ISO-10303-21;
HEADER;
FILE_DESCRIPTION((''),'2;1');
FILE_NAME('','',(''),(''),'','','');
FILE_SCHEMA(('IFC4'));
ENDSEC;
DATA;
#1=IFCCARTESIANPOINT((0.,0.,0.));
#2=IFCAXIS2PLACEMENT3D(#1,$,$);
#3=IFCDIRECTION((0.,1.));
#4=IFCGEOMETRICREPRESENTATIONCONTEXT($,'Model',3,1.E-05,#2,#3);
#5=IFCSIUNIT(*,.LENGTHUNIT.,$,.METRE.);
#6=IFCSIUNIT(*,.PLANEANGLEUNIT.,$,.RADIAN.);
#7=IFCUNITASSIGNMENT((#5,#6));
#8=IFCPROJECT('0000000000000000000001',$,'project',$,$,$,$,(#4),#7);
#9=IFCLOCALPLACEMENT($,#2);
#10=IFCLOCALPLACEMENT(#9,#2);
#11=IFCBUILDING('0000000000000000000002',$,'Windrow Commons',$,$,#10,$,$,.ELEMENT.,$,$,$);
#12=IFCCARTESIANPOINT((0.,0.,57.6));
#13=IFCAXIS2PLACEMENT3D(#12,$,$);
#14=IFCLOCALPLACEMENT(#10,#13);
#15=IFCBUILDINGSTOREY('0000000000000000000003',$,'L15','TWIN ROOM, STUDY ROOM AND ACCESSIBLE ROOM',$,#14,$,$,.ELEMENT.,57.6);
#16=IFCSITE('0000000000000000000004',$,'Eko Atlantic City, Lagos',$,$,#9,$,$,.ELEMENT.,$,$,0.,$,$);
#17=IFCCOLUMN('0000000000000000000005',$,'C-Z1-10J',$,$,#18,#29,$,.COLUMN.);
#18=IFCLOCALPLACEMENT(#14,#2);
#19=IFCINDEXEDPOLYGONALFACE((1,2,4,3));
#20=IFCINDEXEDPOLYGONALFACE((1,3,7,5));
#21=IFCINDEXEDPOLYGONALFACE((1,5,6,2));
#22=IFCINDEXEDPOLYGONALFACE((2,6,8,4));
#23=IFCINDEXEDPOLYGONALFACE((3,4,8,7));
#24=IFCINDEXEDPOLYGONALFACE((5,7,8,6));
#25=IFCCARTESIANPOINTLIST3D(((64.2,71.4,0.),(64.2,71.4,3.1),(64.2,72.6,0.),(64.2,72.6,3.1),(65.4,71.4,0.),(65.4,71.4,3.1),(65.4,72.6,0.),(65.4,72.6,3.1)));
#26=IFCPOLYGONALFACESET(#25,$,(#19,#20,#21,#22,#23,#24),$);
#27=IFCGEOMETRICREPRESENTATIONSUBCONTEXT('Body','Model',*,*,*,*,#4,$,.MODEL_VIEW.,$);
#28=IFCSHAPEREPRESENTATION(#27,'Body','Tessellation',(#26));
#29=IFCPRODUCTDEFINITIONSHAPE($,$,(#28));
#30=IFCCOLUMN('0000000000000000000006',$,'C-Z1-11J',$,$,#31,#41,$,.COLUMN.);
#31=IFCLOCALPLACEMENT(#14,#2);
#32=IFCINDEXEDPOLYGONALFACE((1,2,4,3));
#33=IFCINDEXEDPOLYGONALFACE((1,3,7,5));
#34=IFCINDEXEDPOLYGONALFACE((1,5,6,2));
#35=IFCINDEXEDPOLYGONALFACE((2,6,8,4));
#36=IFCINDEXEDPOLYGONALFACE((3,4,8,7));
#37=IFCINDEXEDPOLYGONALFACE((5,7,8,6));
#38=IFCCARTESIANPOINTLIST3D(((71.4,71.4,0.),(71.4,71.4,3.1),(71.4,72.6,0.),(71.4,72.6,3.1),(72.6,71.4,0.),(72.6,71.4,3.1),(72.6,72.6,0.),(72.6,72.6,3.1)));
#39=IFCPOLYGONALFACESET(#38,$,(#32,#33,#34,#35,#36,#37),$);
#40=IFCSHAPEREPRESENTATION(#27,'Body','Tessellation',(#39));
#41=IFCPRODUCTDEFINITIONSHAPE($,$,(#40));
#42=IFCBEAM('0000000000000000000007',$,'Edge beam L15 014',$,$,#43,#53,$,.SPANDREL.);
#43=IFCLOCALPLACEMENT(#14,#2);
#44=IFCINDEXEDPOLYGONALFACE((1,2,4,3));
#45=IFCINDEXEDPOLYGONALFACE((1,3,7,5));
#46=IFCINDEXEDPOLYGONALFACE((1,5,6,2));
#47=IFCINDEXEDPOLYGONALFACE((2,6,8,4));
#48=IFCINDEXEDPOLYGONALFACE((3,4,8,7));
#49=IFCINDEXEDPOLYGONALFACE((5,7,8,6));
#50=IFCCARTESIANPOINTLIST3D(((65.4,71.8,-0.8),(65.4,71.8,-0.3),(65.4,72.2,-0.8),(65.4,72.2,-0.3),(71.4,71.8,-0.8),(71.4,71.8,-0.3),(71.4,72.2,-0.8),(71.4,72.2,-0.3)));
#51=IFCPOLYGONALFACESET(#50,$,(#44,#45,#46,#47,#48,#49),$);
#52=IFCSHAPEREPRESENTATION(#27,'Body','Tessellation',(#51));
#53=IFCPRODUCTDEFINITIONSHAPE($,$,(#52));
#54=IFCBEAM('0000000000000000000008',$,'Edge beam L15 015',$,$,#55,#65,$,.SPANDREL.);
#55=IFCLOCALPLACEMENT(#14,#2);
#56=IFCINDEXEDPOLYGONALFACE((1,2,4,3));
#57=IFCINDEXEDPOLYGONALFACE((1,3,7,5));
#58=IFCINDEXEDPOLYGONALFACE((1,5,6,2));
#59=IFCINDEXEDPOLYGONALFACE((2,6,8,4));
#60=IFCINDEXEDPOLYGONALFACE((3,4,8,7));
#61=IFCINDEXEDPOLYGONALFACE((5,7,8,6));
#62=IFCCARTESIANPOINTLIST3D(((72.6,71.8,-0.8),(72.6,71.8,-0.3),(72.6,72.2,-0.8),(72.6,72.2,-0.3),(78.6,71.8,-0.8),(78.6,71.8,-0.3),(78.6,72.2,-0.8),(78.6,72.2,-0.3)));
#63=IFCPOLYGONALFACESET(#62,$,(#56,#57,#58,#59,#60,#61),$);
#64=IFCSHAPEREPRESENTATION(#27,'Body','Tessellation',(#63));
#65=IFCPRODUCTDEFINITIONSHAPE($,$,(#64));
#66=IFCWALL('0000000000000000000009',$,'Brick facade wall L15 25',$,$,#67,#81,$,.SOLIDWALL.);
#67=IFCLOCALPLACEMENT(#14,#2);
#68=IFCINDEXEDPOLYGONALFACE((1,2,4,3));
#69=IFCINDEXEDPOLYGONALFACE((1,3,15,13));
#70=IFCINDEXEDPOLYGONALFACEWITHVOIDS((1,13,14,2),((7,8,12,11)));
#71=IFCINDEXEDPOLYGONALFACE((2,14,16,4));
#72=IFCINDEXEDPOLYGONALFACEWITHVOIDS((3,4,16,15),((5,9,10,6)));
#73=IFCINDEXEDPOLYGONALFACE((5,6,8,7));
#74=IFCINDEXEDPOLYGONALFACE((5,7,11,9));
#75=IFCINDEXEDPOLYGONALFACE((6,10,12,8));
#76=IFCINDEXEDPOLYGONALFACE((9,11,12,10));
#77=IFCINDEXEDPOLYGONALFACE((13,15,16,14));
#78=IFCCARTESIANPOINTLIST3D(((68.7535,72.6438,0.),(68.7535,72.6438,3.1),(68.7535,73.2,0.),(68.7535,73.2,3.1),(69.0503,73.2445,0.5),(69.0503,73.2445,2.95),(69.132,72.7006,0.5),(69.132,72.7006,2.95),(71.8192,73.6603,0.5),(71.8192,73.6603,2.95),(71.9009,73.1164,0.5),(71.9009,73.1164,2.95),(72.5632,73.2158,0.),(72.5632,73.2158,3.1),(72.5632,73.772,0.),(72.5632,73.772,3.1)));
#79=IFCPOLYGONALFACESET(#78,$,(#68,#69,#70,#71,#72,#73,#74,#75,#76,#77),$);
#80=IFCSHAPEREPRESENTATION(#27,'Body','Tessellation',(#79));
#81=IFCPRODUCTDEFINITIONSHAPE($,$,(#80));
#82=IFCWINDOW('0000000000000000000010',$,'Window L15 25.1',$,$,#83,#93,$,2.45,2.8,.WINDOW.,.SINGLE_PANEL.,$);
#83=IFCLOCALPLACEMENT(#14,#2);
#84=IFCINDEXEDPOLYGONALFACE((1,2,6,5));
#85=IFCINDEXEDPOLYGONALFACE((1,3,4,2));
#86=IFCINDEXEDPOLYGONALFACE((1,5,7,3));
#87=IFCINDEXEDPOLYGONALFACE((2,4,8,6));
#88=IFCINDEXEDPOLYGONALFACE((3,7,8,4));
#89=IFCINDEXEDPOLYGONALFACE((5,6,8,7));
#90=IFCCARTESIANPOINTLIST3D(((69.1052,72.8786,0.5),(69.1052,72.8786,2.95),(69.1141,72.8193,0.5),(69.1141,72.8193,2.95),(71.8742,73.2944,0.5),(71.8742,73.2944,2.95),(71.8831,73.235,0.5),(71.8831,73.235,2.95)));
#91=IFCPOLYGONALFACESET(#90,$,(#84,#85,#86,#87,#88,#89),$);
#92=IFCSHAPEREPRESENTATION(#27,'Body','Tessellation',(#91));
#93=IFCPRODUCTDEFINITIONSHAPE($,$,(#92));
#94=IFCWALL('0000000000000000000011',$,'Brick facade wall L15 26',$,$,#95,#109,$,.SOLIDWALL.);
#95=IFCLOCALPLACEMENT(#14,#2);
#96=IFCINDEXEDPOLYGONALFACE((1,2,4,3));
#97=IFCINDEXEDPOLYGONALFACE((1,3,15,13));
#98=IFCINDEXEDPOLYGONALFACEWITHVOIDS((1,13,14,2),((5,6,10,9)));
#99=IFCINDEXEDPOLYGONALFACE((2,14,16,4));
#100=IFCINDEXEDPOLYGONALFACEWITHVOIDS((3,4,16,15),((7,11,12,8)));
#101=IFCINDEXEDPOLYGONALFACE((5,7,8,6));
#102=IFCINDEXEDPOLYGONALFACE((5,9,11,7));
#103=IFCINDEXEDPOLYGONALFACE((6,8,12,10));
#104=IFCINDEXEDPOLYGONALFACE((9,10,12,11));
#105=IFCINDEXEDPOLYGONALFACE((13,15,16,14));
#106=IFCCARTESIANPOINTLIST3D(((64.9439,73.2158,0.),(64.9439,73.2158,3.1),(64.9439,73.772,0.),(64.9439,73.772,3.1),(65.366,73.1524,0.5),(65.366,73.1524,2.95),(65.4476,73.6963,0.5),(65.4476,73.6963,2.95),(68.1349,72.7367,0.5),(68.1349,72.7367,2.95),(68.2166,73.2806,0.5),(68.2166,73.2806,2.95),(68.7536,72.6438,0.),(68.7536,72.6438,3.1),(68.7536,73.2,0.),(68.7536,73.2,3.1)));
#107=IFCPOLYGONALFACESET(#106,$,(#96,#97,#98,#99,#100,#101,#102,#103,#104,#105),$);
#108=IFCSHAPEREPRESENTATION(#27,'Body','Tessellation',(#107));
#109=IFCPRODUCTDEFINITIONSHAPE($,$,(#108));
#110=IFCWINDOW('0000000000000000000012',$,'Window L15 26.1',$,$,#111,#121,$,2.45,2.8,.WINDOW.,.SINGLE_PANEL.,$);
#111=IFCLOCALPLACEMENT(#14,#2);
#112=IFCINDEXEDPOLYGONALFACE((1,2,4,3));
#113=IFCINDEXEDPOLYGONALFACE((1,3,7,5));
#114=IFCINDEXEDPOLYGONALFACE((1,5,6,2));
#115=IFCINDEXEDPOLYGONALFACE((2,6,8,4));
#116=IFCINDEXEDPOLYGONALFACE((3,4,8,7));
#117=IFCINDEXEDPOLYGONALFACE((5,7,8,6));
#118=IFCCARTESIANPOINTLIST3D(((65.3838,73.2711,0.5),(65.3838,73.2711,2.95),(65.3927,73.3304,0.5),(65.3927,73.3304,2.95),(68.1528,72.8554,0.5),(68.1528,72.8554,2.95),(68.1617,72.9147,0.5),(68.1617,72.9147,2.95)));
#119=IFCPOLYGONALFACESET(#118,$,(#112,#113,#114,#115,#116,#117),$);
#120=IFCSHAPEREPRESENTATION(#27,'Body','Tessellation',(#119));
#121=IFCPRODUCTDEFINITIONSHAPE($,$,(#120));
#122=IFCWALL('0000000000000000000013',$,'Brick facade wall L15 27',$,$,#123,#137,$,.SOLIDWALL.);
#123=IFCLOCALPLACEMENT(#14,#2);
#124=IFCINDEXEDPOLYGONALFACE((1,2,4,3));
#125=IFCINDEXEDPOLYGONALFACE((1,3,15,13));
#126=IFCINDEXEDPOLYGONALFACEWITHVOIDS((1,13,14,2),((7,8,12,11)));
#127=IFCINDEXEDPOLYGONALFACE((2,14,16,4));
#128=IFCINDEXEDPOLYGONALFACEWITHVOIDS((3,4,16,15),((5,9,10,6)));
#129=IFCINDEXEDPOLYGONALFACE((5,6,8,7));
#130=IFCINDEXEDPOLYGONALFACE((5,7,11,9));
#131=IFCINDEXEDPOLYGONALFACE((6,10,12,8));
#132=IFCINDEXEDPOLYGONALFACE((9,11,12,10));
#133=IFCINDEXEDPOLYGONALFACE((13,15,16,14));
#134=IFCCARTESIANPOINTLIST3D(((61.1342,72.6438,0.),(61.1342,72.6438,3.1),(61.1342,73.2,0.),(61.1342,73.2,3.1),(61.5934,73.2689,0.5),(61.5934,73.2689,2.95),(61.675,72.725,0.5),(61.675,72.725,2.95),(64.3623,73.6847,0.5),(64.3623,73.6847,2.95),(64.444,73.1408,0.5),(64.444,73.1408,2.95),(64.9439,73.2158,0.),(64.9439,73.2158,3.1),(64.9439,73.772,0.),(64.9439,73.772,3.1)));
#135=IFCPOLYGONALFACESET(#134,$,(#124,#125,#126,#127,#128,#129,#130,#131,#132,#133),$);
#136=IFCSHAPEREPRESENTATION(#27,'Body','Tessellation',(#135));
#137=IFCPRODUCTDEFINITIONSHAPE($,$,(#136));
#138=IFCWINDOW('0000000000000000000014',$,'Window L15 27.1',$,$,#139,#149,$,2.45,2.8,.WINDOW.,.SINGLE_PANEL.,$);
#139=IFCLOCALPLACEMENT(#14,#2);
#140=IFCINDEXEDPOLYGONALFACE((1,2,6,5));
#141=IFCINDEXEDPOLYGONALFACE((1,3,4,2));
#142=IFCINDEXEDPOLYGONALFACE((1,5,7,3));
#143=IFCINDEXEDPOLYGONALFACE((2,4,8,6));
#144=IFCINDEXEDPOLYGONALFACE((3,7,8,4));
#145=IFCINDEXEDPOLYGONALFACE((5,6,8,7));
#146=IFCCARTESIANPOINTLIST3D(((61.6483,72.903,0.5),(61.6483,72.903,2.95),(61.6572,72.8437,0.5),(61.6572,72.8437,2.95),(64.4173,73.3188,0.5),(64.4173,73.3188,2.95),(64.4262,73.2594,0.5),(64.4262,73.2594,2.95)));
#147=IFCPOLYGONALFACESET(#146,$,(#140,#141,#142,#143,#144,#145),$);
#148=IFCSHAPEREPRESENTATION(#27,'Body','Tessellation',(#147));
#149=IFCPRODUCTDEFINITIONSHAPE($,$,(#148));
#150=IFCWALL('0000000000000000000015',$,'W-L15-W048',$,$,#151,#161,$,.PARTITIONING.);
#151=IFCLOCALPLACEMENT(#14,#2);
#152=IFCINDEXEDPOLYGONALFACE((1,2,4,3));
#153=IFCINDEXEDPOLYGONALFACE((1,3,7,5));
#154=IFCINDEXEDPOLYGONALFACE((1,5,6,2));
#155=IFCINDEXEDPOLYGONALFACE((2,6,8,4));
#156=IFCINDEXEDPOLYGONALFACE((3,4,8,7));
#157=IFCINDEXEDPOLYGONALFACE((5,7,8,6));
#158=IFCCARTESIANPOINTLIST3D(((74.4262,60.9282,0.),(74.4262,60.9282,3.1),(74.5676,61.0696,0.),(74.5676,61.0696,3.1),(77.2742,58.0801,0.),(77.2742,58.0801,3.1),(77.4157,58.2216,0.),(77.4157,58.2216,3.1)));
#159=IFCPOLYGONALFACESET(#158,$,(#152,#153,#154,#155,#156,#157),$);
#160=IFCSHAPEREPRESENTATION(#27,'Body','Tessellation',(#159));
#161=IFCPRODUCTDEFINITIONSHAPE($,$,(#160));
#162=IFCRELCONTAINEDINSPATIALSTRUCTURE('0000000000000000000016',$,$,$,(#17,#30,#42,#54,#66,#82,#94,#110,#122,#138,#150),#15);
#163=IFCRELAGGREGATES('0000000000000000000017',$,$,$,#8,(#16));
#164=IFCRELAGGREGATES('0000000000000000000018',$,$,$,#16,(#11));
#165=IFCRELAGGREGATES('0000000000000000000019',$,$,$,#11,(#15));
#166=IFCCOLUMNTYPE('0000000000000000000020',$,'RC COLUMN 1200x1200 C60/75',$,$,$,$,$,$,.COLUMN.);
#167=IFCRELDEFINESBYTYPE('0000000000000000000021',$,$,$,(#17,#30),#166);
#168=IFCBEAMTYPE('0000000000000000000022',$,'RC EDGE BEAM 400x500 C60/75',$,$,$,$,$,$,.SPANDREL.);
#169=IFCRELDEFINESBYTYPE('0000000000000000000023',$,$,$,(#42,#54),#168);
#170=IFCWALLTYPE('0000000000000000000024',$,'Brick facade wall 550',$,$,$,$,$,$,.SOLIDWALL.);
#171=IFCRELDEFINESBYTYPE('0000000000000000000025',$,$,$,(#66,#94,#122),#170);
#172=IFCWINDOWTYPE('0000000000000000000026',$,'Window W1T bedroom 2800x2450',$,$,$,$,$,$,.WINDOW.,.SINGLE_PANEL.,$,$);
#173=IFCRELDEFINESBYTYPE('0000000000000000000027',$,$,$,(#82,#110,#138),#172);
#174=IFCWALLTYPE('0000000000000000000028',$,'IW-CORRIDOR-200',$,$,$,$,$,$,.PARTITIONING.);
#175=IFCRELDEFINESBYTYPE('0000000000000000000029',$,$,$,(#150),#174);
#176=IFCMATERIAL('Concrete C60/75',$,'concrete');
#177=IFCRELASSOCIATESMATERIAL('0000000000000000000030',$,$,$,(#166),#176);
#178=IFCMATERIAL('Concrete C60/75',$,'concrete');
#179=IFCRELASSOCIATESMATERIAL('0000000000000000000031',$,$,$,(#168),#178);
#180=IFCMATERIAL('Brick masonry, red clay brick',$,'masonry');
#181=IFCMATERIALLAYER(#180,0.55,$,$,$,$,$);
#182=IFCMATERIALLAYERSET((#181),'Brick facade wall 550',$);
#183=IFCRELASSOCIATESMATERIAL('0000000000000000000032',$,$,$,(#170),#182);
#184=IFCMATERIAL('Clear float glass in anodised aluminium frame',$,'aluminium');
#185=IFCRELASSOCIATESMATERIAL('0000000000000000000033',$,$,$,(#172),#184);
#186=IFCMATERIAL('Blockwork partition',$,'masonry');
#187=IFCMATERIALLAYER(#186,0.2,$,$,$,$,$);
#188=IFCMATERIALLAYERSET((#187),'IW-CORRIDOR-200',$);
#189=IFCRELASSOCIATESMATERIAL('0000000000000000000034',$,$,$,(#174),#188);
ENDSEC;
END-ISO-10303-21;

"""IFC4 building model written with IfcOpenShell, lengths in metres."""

from ifc_helpers import new_model, si_unit, direction, frame, frame_2d, origin, origin_2d, place, context, subcontext, project, spatial, polyline, rectangle, outline, extrude, material, layer, layer_set, material_profile, profile_set, type_object, element, fill, save


model = new_model("IFC4")

# Units and contexts
model_context = context("Model", 3, precision=1e-05, world=origin(), true_north=direction((0.0, 1.0)))
body_context = subcontext(model_context, "Body", "Model", "MODEL_VIEW")
ifc_project = project(units=[si_unit("LENGTHUNIT", "METRE"), si_unit("PLANEANGLEUNIT", "RADIAN")], contexts=[model_context])

# Site, building, storey
site_placement = place(None, origin())
site = spatial("IfcSite", under=ifc_project, at=site_placement, Name="Eko Atlantic City, Lagos", CompositionType="ELEMENT", RefElevation=0.0)
building_placement = place(site_placement, origin())
building = spatial("IfcBuilding", under=site, at=building_placement, Name="Windrow Commons", CompositionType="ELEMENT")
storey_placement = place(building_placement, frame((0.0, 0.0, 57.6)))
storey = spatial("IfcBuildingStorey", under=building, at=storey_placement, Name="L15", Description="TWIN ROOM, STUDY ROOM AND ACCESSIBLE ROOM", CompositionType="ELEMENT", Elevation=57.6)

# Columns
ifc_material_1 = material(Name="Concrete C60/75", Category="concrete")
ifc_material_profile_1 = material_profile(ifc_material_1, rectangle(XDim=1.2, YDim=1.2, at=origin_2d()))
ifc_profile_set_1 = profile_set([ifc_material_profile_1], Name="Concrete C60/75")
column_type = type_object("IfcColumnType", Name="RC COLUMN 1200x1200 C60/75", PredefinedType="COLUMN", material=ifc_profile_set_1)
for number, where, z_axis, x_axis, name in (
    (1, (64.8, 72.0, 0.0), (0.0, 0.0, 1.0), (1.0, 0.0, 0.0), "C-Z1-10J"),
    (2, (72.0, 72.0, 0.0), (0.0, 0.0, 1.0), (1.0, 0.0, 0.0), "C-Z1-11J"),
):
    element("IfcColumn", number, at=place(storey_placement, frame(where, z_axis=z_axis, x_axis=x_axis)), inside=storey, type_object=column_type, Name=name, PredefinedType="COLUMN", context=body_context, shape_type="SweptSolid", body=[
        extrude(rectangle(XDim=1.2, YDim=1.2, at=origin_2d()), origin(), (0.0, 0.0, 1.0), 3.1),
    ])

# Beams
ifc_material_2 = material(Name="Concrete C60/75", Category="concrete")
ifc_material_profile_2 = material_profile(ifc_material_2, rectangle(XDim=0.4, YDim=0.5, at=origin_2d()))
ifc_profile_set_2 = profile_set([ifc_material_profile_2], Name="Concrete C60/75")
beam_type = type_object("IfcBeamType", Name="RC EDGE BEAM 400x500 C60/75", PredefinedType="SPANDREL", material=ifc_profile_set_2)
for number, where, z_axis, x_axis, name in (
    (3, (65.4, 72.0, -0.55), (1.0, 0.0, 0.0), (0.0, 1.0, 0.0), "Edge beam L15 014"),
    (4, (72.6, 72.0, -0.55), (1.0, 0.0, 0.0), (0.0, 1.0, 0.0), "Edge beam L15 015"),
):
    element("IfcBeam", number, at=place(storey_placement, frame(where, z_axis=z_axis, x_axis=x_axis)), inside=storey, type_object=beam_type, Name=name, PredefinedType="SPANDREL", context=body_context, shape_type="SweptSolid", body=[
        extrude(rectangle(XDim=0.4, YDim=0.5, at=origin_2d()), origin(), (0.0, 0.0, 1.0), 6.0),
    ])

# Walls, openings, windows
ifc_material_3 = material(Name="Brick masonry, red clay brick", Category="masonry")
ifc_layer_1 = layer(ifc_material_3, 0.55)
ifc_layer_set_1 = layer_set([ifc_layer_1], Name="Brick facade wall 550")
wall_type_1 = type_object("IfcWallType", Name="Brick facade wall 550", PredefinedType="SOLIDWALL", material=ifc_layer_set_1)
wall_1_placement = place(storey_placement, frame((72.5632, 73.4939, 0.0), z_axis=(0.0, 0.0, 1.0), x_axis=(-0.988915, -0.148483, 0.0)))
wall_1 = element("IfcWall", 5, at=wall_1_placement, inside=storey, type_object=wall_type_1, Name="Brick facade wall L15 25", PredefinedType="SOLIDWALL", context=body_context, shape_type="SweptSolid", body=[
    extrude(outline(polyline([(-0.0413, -0.275), (3.8111, -0.275), (3.8937, 0.275), (0.0413, 0.275), (-0.0413, -0.275)])), origin(), (0.0, 0.0, 1.0), 3.1),
])
opening_1_placement = place(wall_1_placement, frame((0.711, 0.0, 0.5)))
opening_1 = element("IfcOpeningElement", 6, at=opening_1_placement, cuts=wall_1, PredefinedType="OPENING", context=body_context, shape_type="SweptSolid", body=[
    extrude(rectangle(XDim=2.8, YDim=2.45, at=frame_2d((1.4, 1.225))), frame((0.0, 0.285, 0.0), z_axis=(0.0, -1.0, 0.0), x_axis=(1.0, 0.0, 0.0)), (0.0, 0.0, 1.0), 0.57),
])
ifc_material_4 = material(Name="Clear float glass in anodised aluminium frame", Category="aluminium")
window_type = type_object("IfcWindowType", Name="Window W1T bedroom 2800x2450", PartitioningType="SINGLE_PANEL", PredefinedType="WINDOW", material=ifc_material_4)
window_1_placement = place(opening_1_placement, origin())
window_1 = element("IfcWindow", 7, at=window_1_placement, inside=storey, type_object=window_type, Name="Window L15 25.1", OverallHeight=2.45, OverallWidth=2.8, PartitioningType="SINGLE_PANEL", PredefinedType="WINDOW", context=body_context, shape_type="SweptSolid", body=[
    extrude(rectangle(XDim=2.8, YDim=2.45, at=frame_2d((1.4, 1.225))), frame((0.0, 0.155, 0.0), z_axis=(0.0, -1.0, 0.0), x_axis=(1.0, 0.0, 0.0)), (0.0, 0.0, 1.0), 0.06),
])
fill(opening_1, window_1)
wall_2_placement = place(storey_placement, frame((68.7536, 72.9219, 0.0), z_axis=(0.0, 0.0, 1.0), x_axis=(-0.988916, 0.148479, 0.0)))
wall_2 = element("IfcWall", 8, at=wall_2_placement, inside=storey, type_object=wall_type_1, Name="Brick facade wall L15 26", PredefinedType="SOLIDWALL", context=body_context, shape_type="SweptSolid", body=[
    extrude(outline(polyline([(0.0413, -0.275), (3.8937, -0.275), (3.8111, 0.275), (-0.0413, 0.275), (0.0413, -0.275)])), origin(), (0.0, 0.0, 1.0), 3.1),
])
opening_2_placement = place(wall_2_placement, frame((0.5843, 0.0, 0.5)))
opening_2 = element("IfcOpeningElement", 9, at=opening_2_placement, cuts=wall_2, PredefinedType="OPENING", context=body_context, shape_type="SweptSolid", body=[
    extrude(rectangle(XDim=2.8, YDim=2.45, at=frame_2d((1.4, 1.225))), frame((0.0, 0.285, 0.0), z_axis=(0.0, -1.0, 0.0), x_axis=(1.0, 0.0, 0.0)), (0.0, 0.0, 1.0), 0.57),
])
window_2_placement = place(opening_2_placement, origin())
window_2 = element("IfcWindow", 10, at=window_2_placement, inside=storey, type_object=window_type, Name="Window L15 26.1", OverallHeight=2.45, OverallWidth=2.8, PartitioningType="SINGLE_PANEL", PredefinedType="WINDOW", context=body_context, shape_type="SweptSolid", body=[
    extrude(rectangle(XDim=2.8, YDim=2.45, at=frame_2d((1.4, 1.225))), frame((0.0, 0.155, 0.0), z_axis=(0.0, -1.0, 0.0), x_axis=(1.0, 0.0, 0.0)), (0.0, 0.0, 1.0), 0.06),
])
fill(opening_2, window_2)
wall_3_placement = place(storey_placement, frame((64.9439, 73.4939, 0.0), z_axis=(0.0, 0.0, 1.0), x_axis=(-0.988915, -0.148483, 0.0)))
wall_3 = element("IfcWall", 11, at=wall_3_placement, inside=storey, type_object=wall_type_1, Name="Brick facade wall L15 27", PredefinedType="SOLIDWALL", context=body_context, shape_type="SweptSolid", body=[
    extrude(outline(polyline([(-0.0413, -0.275), (3.8111, -0.275), (3.8937, 0.275), (0.0413, 0.275), (-0.0413, -0.275)])), origin(), (0.0, 0.0, 1.0), 3.1),
])
opening_3_placement = place(wall_3_placement, frame((0.5468, 0.0, 0.5)))
opening_3 = element("IfcOpeningElement", 12, at=opening_3_placement, cuts=wall_3, PredefinedType="OPENING", context=body_context, shape_type="SweptSolid", body=[
    extrude(rectangle(XDim=2.8, YDim=2.45, at=frame_2d((1.4, 1.225))), frame((0.0, 0.285, 0.0), z_axis=(0.0, -1.0, 0.0), x_axis=(1.0, 0.0, 0.0)), (0.0, 0.0, 1.0), 0.57),
])
window_3_placement = place(opening_3_placement, origin())
window_3 = element("IfcWindow", 13, at=window_3_placement, inside=storey, type_object=window_type, Name="Window L15 27.1", OverallHeight=2.45, OverallWidth=2.8, PartitioningType="SINGLE_PANEL", PredefinedType="WINDOW", context=body_context, shape_type="SweptSolid", body=[
    extrude(rectangle(XDim=2.8, YDim=2.45, at=frame_2d((1.4, 1.225))), frame((0.0, 0.155, 0.0), z_axis=(0.0, -1.0, 0.0), x_axis=(1.0, 0.0, 0.0)), (0.0, 0.0, 1.0), 0.06),
])
fill(opening_3, window_3)

# Wall
ifc_material_5 = material(Name="Blockwork partition", Category="masonry")
ifc_layer_2 = layer(ifc_material_5, 0.2)
ifc_layer_set_2 = layer_set([ifc_layer_2], Name="IW-CORRIDOR-200")
wall_type_2 = type_object("IfcWallType", Name="IW-CORRIDOR-200", PredefinedType="PARTITIONING", material=ifc_layer_set_2)
wall_4_placement = place(storey_placement, frame((74.4969, 60.9989, 0.0), z_axis=(0.0, 0.0, 1.0), x_axis=(0.707107, -0.707107, 0.0)))
element("IfcWall", 14, at=wall_4_placement, inside=storey, type_object=wall_type_2, Name="W-L15-W048", PredefinedType="PARTITIONING", context=body_context, shape_type="SweptSolid", body=[
    extrude(rectangle(XDim=4.0277, YDim=0.2, at=frame_2d((2.0139, 0.0))), origin(), (0.0, 0.0, 1.0), 3.1),
])

save(model, "model.ifc")
